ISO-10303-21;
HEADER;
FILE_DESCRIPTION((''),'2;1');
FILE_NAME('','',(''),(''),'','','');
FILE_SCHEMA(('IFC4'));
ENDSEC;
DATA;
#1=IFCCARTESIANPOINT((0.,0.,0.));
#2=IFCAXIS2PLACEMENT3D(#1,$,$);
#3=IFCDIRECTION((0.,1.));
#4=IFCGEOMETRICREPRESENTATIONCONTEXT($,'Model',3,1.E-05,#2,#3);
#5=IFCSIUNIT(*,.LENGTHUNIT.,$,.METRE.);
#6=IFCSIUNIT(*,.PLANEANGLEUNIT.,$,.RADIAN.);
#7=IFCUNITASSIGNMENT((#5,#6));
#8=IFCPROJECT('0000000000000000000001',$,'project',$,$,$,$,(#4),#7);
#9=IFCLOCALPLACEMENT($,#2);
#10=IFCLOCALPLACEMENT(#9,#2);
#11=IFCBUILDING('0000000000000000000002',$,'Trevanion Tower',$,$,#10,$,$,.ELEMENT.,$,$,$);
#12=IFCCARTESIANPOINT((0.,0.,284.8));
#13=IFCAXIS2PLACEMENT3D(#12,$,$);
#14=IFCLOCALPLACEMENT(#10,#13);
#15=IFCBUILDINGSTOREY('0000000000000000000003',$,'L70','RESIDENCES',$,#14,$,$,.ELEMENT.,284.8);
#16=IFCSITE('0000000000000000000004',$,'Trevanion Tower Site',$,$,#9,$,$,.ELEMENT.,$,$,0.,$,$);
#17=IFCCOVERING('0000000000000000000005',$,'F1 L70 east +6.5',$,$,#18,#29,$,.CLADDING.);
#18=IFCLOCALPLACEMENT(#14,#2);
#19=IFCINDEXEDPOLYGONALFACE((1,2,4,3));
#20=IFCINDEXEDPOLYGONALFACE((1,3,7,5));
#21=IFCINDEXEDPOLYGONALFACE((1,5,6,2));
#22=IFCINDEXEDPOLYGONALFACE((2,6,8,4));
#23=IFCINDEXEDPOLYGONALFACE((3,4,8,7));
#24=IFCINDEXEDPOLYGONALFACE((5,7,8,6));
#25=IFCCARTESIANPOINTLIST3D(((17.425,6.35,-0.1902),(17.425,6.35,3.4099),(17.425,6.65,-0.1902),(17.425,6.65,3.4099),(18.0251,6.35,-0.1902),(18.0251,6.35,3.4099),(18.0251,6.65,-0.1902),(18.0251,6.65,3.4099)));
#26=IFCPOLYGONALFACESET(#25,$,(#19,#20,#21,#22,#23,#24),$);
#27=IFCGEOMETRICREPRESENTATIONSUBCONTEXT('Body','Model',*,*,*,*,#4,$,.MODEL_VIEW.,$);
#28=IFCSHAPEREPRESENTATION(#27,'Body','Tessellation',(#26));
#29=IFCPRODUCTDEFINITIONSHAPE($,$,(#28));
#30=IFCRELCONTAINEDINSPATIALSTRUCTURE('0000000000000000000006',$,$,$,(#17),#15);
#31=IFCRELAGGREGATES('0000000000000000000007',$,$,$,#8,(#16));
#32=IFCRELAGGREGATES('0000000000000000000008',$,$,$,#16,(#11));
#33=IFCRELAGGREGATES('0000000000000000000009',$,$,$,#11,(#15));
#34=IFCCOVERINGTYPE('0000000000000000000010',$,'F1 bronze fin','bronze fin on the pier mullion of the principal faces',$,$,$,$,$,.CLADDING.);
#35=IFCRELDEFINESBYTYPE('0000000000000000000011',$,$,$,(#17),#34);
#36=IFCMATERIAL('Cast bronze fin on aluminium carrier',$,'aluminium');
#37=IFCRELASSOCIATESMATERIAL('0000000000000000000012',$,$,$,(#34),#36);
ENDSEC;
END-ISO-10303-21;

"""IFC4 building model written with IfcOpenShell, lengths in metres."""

from ifc_helpers import new_model, si_unit, direction, frame, origin, origin_2d, place, context, subcontext, project, spatial, rectangle, extrude, material, type_object, element, save


model = new_model("IFC4")

# Units and contexts
model_context = context("Model", 3, precision=1e-05, world=origin(), true_north=direction((0.0, 1.0)))
body_context = subcontext(model_context, "Body", "Model", "MODEL_VIEW")
ifc_project = project(units=[si_unit("LENGTHUNIT", "METRE"), si_unit("PLANEANGLEUNIT", "RADIAN")], contexts=[model_context])

# Site, building, storey
site_placement = place(None, origin())
site = spatial("IfcSite", under=ifc_project, at=site_placement, Name="Trevanion Tower Site", CompositionType="ELEMENT", RefElevation=0.0)
building_placement = place(site_placement, origin())
building = spatial("IfcBuilding", under=site, at=building_placement, Name="Trevanion Tower", CompositionType="ELEMENT")
storey_placement = place(building_placement, frame((0.0, 0.0, 284.8)))
storey = spatial("IfcBuildingStorey", under=building, at=storey_placement, Name="L70", Description="RESIDENCES", CompositionType="ELEMENT", Elevation=284.8)

# Covering
ifc_material_1 = material(Name="Cast bronze fin on aluminium carrier", Category="aluminium")
covering_type = type_object("IfcCoveringType", Name="F1 bronze fin", Description="bronze fin on the pier mullion of the principal faces", PredefinedType="CLADDING", material=ifc_material_1)
covering_placement = place(storey_placement, frame((17.7251, 6.5, -0.1902), z_axis=(0.0, 0.0, 1.0), x_axis=(0.0, 1.0, 0.0)))
element("IfcCovering", 1, at=covering_placement, inside=storey, type_object=covering_type, Name="F1 L70 east +6.5", PredefinedType="CLADDING", context=body_context, shape_type="SweptSolid", body=[
    extrude(rectangle(XDim=0.3, YDim=0.6001, at=origin_2d()), origin(), (0.0, 0.0, 1.0), 3.6001),
])

save(model, "model.ifc")
